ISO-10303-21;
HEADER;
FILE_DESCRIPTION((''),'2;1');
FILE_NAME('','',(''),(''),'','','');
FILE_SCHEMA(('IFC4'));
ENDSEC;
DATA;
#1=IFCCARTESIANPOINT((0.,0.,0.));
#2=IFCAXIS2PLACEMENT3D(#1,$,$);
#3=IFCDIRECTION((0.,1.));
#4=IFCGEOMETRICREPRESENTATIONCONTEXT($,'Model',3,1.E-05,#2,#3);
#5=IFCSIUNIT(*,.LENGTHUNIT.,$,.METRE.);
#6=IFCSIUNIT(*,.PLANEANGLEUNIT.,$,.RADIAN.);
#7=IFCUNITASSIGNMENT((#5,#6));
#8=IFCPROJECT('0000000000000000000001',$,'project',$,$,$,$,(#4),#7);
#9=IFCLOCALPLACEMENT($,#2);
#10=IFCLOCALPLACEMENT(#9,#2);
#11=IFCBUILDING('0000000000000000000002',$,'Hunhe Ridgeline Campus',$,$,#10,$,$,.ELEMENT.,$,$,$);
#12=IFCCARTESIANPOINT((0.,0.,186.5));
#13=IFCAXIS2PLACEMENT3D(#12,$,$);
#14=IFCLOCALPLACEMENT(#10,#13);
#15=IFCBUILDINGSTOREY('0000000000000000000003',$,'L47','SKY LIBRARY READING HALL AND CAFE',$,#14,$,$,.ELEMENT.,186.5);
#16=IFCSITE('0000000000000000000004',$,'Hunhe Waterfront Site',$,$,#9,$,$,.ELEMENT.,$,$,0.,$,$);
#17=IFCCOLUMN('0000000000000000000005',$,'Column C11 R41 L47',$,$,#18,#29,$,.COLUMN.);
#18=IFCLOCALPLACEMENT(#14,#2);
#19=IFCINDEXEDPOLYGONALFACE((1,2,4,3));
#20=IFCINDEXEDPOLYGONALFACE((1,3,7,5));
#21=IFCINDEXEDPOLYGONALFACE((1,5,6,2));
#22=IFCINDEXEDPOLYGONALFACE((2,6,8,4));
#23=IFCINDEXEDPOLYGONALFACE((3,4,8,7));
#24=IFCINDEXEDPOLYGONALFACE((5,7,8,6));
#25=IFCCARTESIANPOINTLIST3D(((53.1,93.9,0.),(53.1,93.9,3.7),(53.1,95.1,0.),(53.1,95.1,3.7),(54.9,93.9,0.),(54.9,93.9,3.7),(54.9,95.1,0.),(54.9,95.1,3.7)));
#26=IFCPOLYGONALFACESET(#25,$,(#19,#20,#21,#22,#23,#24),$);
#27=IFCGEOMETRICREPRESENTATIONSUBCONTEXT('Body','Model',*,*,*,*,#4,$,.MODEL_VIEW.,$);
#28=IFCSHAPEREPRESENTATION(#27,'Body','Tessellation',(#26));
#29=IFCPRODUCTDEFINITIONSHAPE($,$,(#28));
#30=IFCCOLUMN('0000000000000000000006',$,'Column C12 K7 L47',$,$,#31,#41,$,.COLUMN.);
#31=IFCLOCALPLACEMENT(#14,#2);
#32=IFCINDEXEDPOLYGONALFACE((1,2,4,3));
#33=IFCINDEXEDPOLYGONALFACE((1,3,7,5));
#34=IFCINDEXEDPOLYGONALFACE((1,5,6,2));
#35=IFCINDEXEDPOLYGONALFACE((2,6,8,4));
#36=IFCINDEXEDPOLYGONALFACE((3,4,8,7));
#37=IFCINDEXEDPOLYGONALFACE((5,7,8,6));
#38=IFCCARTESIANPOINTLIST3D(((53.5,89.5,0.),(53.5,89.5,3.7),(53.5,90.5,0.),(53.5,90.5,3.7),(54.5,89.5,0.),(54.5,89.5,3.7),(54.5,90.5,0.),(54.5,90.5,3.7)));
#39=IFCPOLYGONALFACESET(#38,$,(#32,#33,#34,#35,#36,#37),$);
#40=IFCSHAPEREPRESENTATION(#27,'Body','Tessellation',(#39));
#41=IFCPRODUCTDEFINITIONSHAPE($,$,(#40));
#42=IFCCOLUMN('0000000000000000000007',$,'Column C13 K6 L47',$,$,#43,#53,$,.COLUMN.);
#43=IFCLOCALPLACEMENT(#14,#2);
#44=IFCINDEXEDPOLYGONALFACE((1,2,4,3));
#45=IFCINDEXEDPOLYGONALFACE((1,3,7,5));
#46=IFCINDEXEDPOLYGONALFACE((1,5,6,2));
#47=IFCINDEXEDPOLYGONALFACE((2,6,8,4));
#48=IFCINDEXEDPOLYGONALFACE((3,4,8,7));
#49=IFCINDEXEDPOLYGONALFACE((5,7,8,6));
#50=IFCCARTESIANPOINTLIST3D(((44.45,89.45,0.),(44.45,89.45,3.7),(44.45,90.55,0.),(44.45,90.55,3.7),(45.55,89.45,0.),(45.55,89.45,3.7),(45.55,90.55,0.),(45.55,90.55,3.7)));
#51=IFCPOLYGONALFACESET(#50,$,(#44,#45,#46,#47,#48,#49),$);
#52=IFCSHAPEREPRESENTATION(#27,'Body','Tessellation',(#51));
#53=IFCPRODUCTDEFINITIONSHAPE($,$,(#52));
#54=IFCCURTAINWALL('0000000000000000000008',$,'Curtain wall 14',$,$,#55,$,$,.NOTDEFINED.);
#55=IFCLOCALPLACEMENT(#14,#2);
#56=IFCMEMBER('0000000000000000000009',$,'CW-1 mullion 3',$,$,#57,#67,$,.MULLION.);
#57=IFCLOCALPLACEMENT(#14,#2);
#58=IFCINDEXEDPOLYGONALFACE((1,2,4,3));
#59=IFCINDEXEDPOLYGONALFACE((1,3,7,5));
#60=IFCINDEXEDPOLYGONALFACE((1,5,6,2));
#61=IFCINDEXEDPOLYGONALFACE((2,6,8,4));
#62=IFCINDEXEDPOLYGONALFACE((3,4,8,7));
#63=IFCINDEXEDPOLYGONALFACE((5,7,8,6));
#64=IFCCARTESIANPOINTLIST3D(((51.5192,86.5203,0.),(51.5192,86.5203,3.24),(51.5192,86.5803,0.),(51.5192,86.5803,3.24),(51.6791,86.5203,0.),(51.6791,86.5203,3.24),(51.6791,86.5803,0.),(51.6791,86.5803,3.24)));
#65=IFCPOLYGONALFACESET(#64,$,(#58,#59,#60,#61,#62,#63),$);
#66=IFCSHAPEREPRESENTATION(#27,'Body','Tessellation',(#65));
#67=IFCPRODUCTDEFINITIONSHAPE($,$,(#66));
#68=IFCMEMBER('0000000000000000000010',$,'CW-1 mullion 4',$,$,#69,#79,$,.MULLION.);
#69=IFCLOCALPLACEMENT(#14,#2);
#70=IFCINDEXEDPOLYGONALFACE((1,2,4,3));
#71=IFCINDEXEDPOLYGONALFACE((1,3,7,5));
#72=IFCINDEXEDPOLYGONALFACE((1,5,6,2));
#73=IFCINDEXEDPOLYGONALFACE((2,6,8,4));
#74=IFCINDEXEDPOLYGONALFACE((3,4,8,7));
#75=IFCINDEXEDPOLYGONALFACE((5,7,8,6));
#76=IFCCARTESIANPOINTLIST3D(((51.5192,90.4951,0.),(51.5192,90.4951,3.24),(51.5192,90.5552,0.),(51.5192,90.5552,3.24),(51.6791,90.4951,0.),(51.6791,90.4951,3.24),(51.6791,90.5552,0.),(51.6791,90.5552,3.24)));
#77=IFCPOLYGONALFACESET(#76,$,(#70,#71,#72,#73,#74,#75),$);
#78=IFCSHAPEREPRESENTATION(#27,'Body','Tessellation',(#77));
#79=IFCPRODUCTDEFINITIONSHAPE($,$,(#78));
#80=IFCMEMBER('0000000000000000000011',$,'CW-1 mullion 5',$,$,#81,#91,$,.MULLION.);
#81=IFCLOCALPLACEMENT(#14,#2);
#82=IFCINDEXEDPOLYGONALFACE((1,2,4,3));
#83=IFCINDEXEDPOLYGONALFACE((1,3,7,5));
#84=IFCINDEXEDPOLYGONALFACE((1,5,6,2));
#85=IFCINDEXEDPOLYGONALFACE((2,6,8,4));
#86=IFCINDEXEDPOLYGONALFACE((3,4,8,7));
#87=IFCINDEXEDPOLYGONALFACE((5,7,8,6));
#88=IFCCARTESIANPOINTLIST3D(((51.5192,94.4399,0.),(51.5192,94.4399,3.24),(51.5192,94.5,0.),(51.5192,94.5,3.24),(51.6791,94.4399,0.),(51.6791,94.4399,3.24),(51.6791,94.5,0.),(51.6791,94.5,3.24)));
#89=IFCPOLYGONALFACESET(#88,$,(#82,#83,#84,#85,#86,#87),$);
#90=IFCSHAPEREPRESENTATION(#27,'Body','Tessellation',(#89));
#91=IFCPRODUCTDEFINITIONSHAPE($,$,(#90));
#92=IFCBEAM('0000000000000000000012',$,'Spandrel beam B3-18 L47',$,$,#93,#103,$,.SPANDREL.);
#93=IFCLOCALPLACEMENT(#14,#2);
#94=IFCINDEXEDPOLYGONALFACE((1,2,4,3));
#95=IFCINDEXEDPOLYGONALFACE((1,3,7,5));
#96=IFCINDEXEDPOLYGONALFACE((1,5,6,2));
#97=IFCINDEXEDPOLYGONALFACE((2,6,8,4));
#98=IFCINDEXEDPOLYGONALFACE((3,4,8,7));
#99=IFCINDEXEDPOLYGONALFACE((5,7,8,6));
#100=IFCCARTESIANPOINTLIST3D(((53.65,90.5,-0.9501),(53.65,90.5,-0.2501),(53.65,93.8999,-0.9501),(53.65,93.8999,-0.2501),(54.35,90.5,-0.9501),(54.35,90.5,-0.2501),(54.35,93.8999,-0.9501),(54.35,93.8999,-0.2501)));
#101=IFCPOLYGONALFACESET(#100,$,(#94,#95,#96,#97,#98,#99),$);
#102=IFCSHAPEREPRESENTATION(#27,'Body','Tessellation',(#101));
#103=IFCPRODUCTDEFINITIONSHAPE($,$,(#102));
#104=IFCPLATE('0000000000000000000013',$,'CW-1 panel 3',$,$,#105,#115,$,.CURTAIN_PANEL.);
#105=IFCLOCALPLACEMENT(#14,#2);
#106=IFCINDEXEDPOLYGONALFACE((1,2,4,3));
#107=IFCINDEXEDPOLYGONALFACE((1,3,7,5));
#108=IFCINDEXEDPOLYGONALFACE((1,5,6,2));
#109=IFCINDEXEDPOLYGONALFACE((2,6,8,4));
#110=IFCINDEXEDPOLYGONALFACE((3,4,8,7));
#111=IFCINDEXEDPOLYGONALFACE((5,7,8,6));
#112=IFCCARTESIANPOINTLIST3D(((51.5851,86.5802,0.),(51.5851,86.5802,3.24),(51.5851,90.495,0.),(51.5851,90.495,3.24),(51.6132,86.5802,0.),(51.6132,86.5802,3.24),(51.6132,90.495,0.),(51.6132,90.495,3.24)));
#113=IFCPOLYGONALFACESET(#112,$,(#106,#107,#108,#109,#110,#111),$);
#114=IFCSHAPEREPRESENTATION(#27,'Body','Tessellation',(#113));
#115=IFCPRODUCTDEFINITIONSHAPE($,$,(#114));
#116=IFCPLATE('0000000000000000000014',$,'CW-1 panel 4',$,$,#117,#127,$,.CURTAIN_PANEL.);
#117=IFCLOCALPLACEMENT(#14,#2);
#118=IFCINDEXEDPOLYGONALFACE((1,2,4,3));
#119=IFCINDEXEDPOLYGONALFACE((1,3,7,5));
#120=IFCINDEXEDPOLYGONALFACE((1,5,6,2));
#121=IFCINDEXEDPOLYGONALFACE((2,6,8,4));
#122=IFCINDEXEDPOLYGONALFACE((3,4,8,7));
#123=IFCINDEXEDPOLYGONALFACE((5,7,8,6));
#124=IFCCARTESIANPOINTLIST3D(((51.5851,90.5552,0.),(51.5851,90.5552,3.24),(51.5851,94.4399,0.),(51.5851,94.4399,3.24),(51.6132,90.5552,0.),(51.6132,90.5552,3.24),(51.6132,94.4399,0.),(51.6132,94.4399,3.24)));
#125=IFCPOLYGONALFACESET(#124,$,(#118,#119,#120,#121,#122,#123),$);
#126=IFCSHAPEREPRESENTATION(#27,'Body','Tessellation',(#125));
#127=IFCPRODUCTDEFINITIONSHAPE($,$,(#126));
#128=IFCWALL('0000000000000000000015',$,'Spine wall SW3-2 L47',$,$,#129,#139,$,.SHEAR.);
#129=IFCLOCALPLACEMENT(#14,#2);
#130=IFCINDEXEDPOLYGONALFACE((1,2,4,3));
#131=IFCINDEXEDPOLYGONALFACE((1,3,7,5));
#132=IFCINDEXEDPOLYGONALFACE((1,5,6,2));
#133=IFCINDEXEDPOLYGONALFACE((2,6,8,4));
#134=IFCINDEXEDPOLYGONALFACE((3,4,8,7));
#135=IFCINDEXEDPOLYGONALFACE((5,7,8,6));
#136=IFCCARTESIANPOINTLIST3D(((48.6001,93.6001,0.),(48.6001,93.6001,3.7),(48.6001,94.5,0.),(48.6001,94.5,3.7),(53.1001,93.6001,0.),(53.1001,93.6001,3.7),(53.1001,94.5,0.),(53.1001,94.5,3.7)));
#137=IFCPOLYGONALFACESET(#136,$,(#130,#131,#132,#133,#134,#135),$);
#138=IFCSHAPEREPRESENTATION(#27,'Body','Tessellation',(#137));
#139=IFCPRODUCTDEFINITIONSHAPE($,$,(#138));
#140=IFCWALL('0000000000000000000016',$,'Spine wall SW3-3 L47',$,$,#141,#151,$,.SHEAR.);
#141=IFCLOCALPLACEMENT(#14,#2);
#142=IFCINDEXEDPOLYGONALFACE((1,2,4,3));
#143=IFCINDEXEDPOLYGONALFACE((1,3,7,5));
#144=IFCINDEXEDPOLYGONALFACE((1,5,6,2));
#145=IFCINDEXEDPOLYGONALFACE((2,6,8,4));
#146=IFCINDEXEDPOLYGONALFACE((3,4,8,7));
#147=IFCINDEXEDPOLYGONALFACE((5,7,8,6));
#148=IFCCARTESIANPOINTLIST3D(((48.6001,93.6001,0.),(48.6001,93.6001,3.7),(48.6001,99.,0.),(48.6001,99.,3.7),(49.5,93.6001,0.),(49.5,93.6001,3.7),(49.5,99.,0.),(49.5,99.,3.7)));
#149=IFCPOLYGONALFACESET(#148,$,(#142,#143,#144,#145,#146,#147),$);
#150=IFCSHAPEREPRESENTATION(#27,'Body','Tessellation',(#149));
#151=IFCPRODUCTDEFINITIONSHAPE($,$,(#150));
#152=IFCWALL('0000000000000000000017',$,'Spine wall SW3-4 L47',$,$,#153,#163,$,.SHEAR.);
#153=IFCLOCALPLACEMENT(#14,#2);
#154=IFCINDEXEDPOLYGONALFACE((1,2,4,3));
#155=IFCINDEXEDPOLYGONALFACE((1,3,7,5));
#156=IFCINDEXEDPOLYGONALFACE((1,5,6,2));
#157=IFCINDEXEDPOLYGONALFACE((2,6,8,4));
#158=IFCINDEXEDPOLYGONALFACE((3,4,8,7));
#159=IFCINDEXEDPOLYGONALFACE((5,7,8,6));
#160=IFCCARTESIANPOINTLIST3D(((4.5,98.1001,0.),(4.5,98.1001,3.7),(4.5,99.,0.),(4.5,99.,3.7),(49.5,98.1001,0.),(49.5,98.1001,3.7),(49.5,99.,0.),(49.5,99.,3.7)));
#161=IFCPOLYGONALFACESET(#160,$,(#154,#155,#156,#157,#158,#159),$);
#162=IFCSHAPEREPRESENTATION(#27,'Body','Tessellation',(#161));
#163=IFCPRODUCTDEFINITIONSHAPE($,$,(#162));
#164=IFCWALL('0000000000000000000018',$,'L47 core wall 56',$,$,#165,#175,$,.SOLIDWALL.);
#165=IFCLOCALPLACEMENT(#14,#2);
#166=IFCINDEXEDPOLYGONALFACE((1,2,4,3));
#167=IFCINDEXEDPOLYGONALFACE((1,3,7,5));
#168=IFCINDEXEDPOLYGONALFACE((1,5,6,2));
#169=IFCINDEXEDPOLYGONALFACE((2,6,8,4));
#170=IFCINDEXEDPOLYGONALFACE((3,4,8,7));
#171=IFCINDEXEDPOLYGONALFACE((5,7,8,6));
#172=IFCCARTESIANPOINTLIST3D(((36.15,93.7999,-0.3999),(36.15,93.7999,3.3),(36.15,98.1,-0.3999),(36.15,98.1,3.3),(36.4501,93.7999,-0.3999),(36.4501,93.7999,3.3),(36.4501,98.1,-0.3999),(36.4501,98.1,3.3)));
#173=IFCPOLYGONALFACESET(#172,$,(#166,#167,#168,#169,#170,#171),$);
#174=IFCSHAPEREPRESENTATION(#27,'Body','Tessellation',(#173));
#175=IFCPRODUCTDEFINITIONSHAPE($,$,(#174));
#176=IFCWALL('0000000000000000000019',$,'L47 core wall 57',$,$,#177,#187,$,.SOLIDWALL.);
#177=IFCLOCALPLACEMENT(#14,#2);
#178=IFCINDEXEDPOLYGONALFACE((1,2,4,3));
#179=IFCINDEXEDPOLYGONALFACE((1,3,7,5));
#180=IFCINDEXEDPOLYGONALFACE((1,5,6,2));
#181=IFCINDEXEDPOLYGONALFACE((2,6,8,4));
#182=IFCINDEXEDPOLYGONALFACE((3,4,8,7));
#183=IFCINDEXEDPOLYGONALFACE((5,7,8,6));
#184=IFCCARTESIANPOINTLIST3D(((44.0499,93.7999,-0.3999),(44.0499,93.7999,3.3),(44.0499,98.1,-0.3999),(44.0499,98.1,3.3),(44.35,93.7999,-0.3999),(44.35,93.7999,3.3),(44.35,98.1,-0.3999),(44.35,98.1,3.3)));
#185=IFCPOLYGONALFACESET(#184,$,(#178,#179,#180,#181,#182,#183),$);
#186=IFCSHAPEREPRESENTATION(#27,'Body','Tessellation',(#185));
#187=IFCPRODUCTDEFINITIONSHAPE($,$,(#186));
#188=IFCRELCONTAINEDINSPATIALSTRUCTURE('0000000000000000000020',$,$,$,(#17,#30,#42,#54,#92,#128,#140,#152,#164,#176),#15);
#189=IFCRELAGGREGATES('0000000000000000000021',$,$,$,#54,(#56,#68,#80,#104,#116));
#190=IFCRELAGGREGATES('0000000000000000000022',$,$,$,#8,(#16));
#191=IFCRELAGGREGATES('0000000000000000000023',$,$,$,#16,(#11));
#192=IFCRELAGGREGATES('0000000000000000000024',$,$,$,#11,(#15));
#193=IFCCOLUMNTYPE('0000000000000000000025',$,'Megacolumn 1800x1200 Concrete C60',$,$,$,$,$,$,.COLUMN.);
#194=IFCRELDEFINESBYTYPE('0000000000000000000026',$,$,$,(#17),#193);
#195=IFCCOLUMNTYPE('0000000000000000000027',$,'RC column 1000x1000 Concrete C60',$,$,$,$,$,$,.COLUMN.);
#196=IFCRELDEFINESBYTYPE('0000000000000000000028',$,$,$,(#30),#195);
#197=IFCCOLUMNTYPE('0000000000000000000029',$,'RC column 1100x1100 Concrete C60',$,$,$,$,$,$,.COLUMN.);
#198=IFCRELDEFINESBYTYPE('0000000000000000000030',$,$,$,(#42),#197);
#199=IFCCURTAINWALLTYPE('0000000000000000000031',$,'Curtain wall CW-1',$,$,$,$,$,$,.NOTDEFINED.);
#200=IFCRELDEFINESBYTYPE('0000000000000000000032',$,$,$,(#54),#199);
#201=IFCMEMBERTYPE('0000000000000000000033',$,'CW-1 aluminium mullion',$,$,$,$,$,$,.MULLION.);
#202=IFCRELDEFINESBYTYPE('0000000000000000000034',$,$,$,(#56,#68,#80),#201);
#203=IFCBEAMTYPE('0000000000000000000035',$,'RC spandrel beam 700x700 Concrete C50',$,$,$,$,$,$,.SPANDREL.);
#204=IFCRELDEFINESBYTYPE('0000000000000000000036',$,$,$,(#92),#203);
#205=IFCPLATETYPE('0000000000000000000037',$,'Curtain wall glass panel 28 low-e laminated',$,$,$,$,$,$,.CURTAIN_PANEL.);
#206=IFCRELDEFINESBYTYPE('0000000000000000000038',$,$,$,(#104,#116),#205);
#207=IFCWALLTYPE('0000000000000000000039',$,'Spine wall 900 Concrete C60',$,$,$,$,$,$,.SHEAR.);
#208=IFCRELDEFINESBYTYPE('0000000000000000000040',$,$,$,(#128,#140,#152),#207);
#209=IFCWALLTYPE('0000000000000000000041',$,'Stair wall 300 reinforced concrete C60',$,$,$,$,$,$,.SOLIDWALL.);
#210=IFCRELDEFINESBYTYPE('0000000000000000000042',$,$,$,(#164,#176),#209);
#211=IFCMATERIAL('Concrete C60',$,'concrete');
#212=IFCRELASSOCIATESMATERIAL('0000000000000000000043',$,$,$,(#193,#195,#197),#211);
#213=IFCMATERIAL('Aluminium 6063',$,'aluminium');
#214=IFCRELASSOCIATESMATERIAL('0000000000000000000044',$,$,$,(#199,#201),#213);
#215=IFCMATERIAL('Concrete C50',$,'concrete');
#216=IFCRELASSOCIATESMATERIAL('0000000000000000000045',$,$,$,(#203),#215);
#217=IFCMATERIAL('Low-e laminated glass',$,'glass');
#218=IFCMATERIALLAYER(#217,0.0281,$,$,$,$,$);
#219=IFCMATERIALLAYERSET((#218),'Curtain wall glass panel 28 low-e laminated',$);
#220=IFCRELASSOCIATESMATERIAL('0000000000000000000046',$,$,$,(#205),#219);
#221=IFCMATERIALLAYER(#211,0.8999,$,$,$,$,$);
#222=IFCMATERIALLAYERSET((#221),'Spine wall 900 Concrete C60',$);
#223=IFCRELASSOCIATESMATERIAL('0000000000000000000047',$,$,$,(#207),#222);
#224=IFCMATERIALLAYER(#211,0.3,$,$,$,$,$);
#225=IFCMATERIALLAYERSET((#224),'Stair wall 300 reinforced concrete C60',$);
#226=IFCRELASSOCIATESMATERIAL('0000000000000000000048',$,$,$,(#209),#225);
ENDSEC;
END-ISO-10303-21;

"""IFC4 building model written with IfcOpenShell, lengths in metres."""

from ifc_helpers import new_model, si_unit, direction, frame, frame_2d, origin, origin_2d, place, context, subcontext, project, spatial, rectangle, extrude, material, layer, layer_set, material_profile, profile_set, type_object, element, aggregate, save


model = new_model("IFC4")

# Units and contexts
model_context = context("Model", 3, precision=1e-05, world=origin(), true_north=direction((0.0, 1.0)))
body_context = subcontext(model_context, "Body", "Model", "MODEL_VIEW")
ifc_project = project(units=[si_unit("LENGTHUNIT", "METRE"), si_unit("PLANEANGLEUNIT", "RADIAN")], contexts=[model_context])

# Site, building, storey
site_placement = place(None, origin())
site = spatial("IfcSite", under=ifc_project, at=site_placement, Name="Hunhe Waterfront Site", CompositionType="ELEMENT", RefElevation=0.0)
building_placement = place(site_placement, origin())
building = spatial("IfcBuilding", under=site, at=building_placement, Name="Hunhe Ridgeline Campus", CompositionType="ELEMENT")
storey_placement = place(building_placement, frame((0.0, 0.0, 186.5)))
storey = spatial("IfcBuildingStorey", under=building, at=storey_placement, Name="L47", Description="SKY LIBRARY READING HALL AND CAFE", CompositionType="ELEMENT", Elevation=186.5)

# Columns
ifc_material_1 = material(Name="Concrete C60", Category="concrete")
ifc_material_profile_1 = material_profile(ifc_material_1, rectangle(XDim=1.8, YDim=1.2, at=origin_2d()))
ifc_profile_set_1 = profile_set([ifc_material_profile_1], Name="Concrete C60")
column_type_1 = type_object("IfcColumnType", Name="Megacolumn 1800x1200 Concrete C60", PredefinedType="COLUMN", material=ifc_profile_set_1)
column_1_placement = place(storey_placement, frame((54.0, 94.5, 0.0), z_axis=(0.0, 0.0, 1.0), x_axis=(1.0, 0.0, 0.0)))
element("IfcColumn", 1, at=column_1_placement, inside=storey, type_object=column_type_1, Name="Column C11 R41 L47", PredefinedType="COLUMN", context=body_context, shape_type="SweptSolid", body=[
    extrude(rectangle(XDim=1.8, YDim=1.2, at=origin_2d()), origin(), (0.0, 0.0, 1.0), 3.7),
])
ifc_material_profile_2 = material_profile(ifc_material_1, rectangle(XDim=1.0, YDim=1.0, at=origin_2d()))
ifc_profile_set_2 = profile_set([ifc_material_profile_2], Name="Concrete C60")
column_type_2 = type_object("IfcColumnType", Name="RC column 1000x1000 Concrete C60", PredefinedType="COLUMN", material=ifc_profile_set_2)
column_2_placement = place(storey_placement, frame((54.0, 90.0, 0.0), z_axis=(0.0, 0.0, 1.0), x_axis=(1.0, 0.0, 0.0)))
element("IfcColumn", 2, at=column_2_placement, inside=storey, type_object=column_type_2, Name="Column C12 K7 L47", PredefinedType="COLUMN", context=body_context, shape_type="SweptSolid", body=[
    extrude(rectangle(XDim=1.0, YDim=1.0, at=origin_2d()), origin(), (0.0, 0.0, 1.0), 3.7),
])
ifc_material_profile_3 = material_profile(ifc_material_1, rectangle(XDim=1.1001, YDim=1.1001, at=origin_2d()))
ifc_profile_set_3 = profile_set([ifc_material_profile_3], Name="Concrete C60")
column_type_3 = type_object("IfcColumnType", Name="RC column 1100x1100 Concrete C60", PredefinedType="COLUMN", material=ifc_profile_set_3)
column_3_placement = place(storey_placement, frame((45.0, 90.0, 0.0), z_axis=(0.0, 0.0, 1.0), x_axis=(1.0, 0.0, 0.0)))
element("IfcColumn", 3, at=column_3_placement, inside=storey, type_object=column_type_3, Name="Column C13 K6 L47", PredefinedType="COLUMN", context=body_context, shape_type="SweptSolid", body=[
    extrude(rectangle(XDim=1.1001, YDim=1.1001, at=origin_2d()), origin(), (0.0, 0.0, 1.0), 3.7),
])

# Curtain wall, members
ifc_material_2 = material(Name="Aluminium 6063", Category="aluminium")
curtain_wall_type = type_object("IfcCurtainWallType", Name="Curtain wall CW-1", PredefinedType="NOTDEFINED", material=ifc_material_2)
curtain_wall_placement = place(storey_placement, origin())
curtain_wall = element("IfcCurtainWall", 4, at=curtain_wall_placement, inside=storey, type_object=curtain_wall_type, Name="Curtain wall 14", PredefinedType="NOTDEFINED")
ifc_material_profile_4 = material_profile(ifc_material_2, rectangle(XDim=0.1599, YDim=0.0601, at=origin_2d()))
ifc_profile_set_4 = profile_set([ifc_material_profile_4], Name="Aluminium 6063")
member_type = type_object("IfcMemberType", Name="CW-1 aluminium mullion", PredefinedType="MULLION", material=ifc_profile_set_4)
member_1_placement = place(storey_placement, frame((51.5991, 86.5503, 0.0), z_axis=(0.0, 0.0, 1.0), x_axis=(-1.0, 0.0, 0.0)))
member_1 = element("IfcMember", 5, at=member_1_placement, type_object=member_type, Name="CW-1 mullion 3", PredefinedType="MULLION", context=body_context, shape_type="SweptSolid", body=[
    extrude(rectangle(XDim=0.1599, YDim=0.0601, at=origin_2d()), origin(), (0.0, 0.0, 1.0), 3.24),
])
member_2_placement = place(storey_placement, frame((51.5991, 90.5251, 0.0), z_axis=(0.0, 0.0, 1.0), x_axis=(-1.0, 0.0, 0.0)))
member_2 = element("IfcMember", 6, at=member_2_placement, type_object=member_type, Name="CW-1 mullion 4", PredefinedType="MULLION", context=body_context, shape_type="SweptSolid", body=[
    extrude(rectangle(XDim=0.1599, YDim=0.0601, at=origin_2d()), origin(), (0.0, 0.0, 1.0), 3.24),
])
member_3_placement = place(storey_placement, frame((51.5991, 94.47, 0.0), z_axis=(0.0, 0.0, 1.0), x_axis=(-1.0, 0.0, 0.0)))
member_3 = element("IfcMember", 7, at=member_3_placement, type_object=member_type, Name="CW-1 mullion 5", PredefinedType="MULLION", context=body_context, shape_type="SweptSolid", body=[
    extrude(rectangle(XDim=0.1599, YDim=0.0601, at=origin_2d()), origin(), (0.0, 0.0, 1.0), 3.24),
])

# Beam
ifc_material_3 = material(Name="Concrete C50", Category="concrete")
ifc_material_profile_5 = material_profile(ifc_material_3, rectangle(XDim=0.7, YDim=0.7, at=origin_2d()))
ifc_profile_set_5 = profile_set([ifc_material_profile_5], Name="Concrete C50")
beam_type = type_object("IfcBeamType", Name="RC spandrel beam 700x700 Concrete C50", PredefinedType="SPANDREL", material=ifc_profile_set_5)
beam_placement = place(storey_placement, frame((54.0, 90.5, -0.6001), z_axis=(0.0, 1.0, 0.0), x_axis=(-1.0, 0.0, 0.0)))
element("IfcBeam", 8, at=beam_placement, inside=storey, type_object=beam_type, Name="Spandrel beam B3-18 L47", PredefinedType="SPANDREL", context=body_context, shape_type="SweptSolid", body=[
    extrude(rectangle(XDim=0.7, YDim=0.7, at=origin_2d()), origin(), (0.0, 0.0, 1.0), 3.3999),
])

# Plates
ifc_material_4 = material(Name="Low-e laminated glass", Category="glass")
ifc_layer_1 = layer(ifc_material_4, 0.0281)
ifc_layer_set_1 = layer_set([ifc_layer_1], Name="Curtain wall glass panel 28 low-e laminated")
plate_type = type_object("IfcPlateType", Name="Curtain wall glass panel 28 low-e laminated", PredefinedType="CURTAIN_PANEL", material=ifc_layer_set_1)
plate_1_placement = place(storey_placement, frame((51.5991, 88.5376, 0.0), z_axis=(0.0, 0.0, 1.0), x_axis=(0.0, 1.0, 0.0)))
plate_1 = element("IfcPlate", 9, at=plate_1_placement, type_object=plate_type, Name="CW-1 panel 3", PredefinedType="CURTAIN_PANEL", context=body_context, shape_type="SweptSolid", body=[
    extrude(rectangle(XDim=3.9148, YDim=0.0281, at=origin_2d()), origin(), (0.0, 0.0, 1.0), 3.24),
])
plate_2_placement = place(storey_placement, frame((51.5991, 92.4976, 0.0), z_axis=(0.0, 0.0, 1.0), x_axis=(0.0, 1.0, 0.0)))
plate_2 = element("IfcPlate", 10, at=plate_2_placement, type_object=plate_type, Name="CW-1 panel 4", PredefinedType="CURTAIN_PANEL", context=body_context, shape_type="SweptSolid", body=[
    extrude(rectangle(XDim=3.8848, YDim=0.0281, at=origin_2d()), origin(), (0.0, 0.0, 1.0), 3.24),
])
aggregate(curtain_wall, [member_1, member_2, member_3, plate_1, plate_2])

# Walls
ifc_layer_2 = layer(ifc_material_1, 0.8999)
ifc_layer_set_2 = layer_set([ifc_layer_2], Name="Spine wall 900 Concrete C60")
wall_type_1 = type_object("IfcWallType", Name="Spine wall 900 Concrete C60", PredefinedType="SHEAR", material=ifc_layer_set_2)
wall_1_placement = place(storey_placement, frame((53.1001, 94.05, 0.0), z_axis=(0.0, 0.0, 1.0), x_axis=(-1.0, 0.0, 0.0)))
element("IfcWall", 11, at=wall_1_placement, inside=storey, type_object=wall_type_1, Name="Spine wall SW3-2 L47", PredefinedType="SHEAR", context=body_context, shape_type="SweptSolid", body=[
    extrude(rectangle(XDim=4.5, YDim=0.8999, at=frame_2d((2.25, 0.0))), origin(), (0.0, 0.0, 1.0), 3.7),
])
wall_2_placement = place(storey_placement, frame((49.05, 93.6001, 0.0), z_axis=(0.0, 0.0, 1.0), x_axis=(0.0, 1.0, 0.0)))
element("IfcWall", 12, at=wall_2_placement, inside=storey, type_object=wall_type_1, Name="Spine wall SW3-3 L47", PredefinedType="SHEAR", context=body_context, shape_type="SweptSolid", body=[
    extrude(rectangle(XDim=5.3999, YDim=0.8999, at=frame_2d((2.7, 0.0))), origin(), (0.0, 0.0, 1.0), 3.7),
])
wall_3_placement = place(storey_placement, frame((49.5, 98.55, 0.0), z_axis=(0.0, 0.0, 1.0), x_axis=(-1.0, 0.0, 0.0)))
element("IfcWall", 13, at=wall_3_placement, inside=storey, type_object=wall_type_1, Name="Spine wall SW3-4 L47", PredefinedType="SHEAR", context=body_context, shape_type="SweptSolid", body=[
    extrude(rectangle(XDim=45.0, YDim=0.8999, at=frame_2d((22.5, 0.0))), origin(), (0.0, 0.0, 1.0), 3.7),
])

# Shared definitions
ifc_layer_3 = layer(ifc_material_1, 0.3)
ifc_layer_set_3 = layer_set([ifc_layer_3], Name="Stair wall 300 reinforced concrete C60")
wall_type_2 = type_object("IfcWallType", Name="Stair wall 300 reinforced concrete C60", PredefinedType="SOLIDWALL", material=ifc_layer_set_3)

# Walls
for number, where, z_axis, x_axis, name in (
    (14, (36.3, 93.8, -0.3999), (0.0, 0.0, 1.0), (0.0, 1.0, 0.0), "L47 core wall 56"),
    (15, (44.2, 93.8, -0.3999), (0.0, 0.0, 1.0), (0.0, 1.0, 0.0), "L47 core wall 57"),
):
    element("IfcWall", number, at=place(storey_placement, frame(where, z_axis=z_axis, x_axis=x_axis)), inside=storey, type_object=wall_type_2, Name=name, PredefinedType="SOLIDWALL", context=body_context, shape_type="SweptSolid", body=[
        extrude(rectangle(XDim=4.3, YDim=0.3, at=frame_2d((2.1499, 0.0))), origin(), (0.0, 0.0, 1.0), 3.7),
    ])

save(model, "model.ifc")
